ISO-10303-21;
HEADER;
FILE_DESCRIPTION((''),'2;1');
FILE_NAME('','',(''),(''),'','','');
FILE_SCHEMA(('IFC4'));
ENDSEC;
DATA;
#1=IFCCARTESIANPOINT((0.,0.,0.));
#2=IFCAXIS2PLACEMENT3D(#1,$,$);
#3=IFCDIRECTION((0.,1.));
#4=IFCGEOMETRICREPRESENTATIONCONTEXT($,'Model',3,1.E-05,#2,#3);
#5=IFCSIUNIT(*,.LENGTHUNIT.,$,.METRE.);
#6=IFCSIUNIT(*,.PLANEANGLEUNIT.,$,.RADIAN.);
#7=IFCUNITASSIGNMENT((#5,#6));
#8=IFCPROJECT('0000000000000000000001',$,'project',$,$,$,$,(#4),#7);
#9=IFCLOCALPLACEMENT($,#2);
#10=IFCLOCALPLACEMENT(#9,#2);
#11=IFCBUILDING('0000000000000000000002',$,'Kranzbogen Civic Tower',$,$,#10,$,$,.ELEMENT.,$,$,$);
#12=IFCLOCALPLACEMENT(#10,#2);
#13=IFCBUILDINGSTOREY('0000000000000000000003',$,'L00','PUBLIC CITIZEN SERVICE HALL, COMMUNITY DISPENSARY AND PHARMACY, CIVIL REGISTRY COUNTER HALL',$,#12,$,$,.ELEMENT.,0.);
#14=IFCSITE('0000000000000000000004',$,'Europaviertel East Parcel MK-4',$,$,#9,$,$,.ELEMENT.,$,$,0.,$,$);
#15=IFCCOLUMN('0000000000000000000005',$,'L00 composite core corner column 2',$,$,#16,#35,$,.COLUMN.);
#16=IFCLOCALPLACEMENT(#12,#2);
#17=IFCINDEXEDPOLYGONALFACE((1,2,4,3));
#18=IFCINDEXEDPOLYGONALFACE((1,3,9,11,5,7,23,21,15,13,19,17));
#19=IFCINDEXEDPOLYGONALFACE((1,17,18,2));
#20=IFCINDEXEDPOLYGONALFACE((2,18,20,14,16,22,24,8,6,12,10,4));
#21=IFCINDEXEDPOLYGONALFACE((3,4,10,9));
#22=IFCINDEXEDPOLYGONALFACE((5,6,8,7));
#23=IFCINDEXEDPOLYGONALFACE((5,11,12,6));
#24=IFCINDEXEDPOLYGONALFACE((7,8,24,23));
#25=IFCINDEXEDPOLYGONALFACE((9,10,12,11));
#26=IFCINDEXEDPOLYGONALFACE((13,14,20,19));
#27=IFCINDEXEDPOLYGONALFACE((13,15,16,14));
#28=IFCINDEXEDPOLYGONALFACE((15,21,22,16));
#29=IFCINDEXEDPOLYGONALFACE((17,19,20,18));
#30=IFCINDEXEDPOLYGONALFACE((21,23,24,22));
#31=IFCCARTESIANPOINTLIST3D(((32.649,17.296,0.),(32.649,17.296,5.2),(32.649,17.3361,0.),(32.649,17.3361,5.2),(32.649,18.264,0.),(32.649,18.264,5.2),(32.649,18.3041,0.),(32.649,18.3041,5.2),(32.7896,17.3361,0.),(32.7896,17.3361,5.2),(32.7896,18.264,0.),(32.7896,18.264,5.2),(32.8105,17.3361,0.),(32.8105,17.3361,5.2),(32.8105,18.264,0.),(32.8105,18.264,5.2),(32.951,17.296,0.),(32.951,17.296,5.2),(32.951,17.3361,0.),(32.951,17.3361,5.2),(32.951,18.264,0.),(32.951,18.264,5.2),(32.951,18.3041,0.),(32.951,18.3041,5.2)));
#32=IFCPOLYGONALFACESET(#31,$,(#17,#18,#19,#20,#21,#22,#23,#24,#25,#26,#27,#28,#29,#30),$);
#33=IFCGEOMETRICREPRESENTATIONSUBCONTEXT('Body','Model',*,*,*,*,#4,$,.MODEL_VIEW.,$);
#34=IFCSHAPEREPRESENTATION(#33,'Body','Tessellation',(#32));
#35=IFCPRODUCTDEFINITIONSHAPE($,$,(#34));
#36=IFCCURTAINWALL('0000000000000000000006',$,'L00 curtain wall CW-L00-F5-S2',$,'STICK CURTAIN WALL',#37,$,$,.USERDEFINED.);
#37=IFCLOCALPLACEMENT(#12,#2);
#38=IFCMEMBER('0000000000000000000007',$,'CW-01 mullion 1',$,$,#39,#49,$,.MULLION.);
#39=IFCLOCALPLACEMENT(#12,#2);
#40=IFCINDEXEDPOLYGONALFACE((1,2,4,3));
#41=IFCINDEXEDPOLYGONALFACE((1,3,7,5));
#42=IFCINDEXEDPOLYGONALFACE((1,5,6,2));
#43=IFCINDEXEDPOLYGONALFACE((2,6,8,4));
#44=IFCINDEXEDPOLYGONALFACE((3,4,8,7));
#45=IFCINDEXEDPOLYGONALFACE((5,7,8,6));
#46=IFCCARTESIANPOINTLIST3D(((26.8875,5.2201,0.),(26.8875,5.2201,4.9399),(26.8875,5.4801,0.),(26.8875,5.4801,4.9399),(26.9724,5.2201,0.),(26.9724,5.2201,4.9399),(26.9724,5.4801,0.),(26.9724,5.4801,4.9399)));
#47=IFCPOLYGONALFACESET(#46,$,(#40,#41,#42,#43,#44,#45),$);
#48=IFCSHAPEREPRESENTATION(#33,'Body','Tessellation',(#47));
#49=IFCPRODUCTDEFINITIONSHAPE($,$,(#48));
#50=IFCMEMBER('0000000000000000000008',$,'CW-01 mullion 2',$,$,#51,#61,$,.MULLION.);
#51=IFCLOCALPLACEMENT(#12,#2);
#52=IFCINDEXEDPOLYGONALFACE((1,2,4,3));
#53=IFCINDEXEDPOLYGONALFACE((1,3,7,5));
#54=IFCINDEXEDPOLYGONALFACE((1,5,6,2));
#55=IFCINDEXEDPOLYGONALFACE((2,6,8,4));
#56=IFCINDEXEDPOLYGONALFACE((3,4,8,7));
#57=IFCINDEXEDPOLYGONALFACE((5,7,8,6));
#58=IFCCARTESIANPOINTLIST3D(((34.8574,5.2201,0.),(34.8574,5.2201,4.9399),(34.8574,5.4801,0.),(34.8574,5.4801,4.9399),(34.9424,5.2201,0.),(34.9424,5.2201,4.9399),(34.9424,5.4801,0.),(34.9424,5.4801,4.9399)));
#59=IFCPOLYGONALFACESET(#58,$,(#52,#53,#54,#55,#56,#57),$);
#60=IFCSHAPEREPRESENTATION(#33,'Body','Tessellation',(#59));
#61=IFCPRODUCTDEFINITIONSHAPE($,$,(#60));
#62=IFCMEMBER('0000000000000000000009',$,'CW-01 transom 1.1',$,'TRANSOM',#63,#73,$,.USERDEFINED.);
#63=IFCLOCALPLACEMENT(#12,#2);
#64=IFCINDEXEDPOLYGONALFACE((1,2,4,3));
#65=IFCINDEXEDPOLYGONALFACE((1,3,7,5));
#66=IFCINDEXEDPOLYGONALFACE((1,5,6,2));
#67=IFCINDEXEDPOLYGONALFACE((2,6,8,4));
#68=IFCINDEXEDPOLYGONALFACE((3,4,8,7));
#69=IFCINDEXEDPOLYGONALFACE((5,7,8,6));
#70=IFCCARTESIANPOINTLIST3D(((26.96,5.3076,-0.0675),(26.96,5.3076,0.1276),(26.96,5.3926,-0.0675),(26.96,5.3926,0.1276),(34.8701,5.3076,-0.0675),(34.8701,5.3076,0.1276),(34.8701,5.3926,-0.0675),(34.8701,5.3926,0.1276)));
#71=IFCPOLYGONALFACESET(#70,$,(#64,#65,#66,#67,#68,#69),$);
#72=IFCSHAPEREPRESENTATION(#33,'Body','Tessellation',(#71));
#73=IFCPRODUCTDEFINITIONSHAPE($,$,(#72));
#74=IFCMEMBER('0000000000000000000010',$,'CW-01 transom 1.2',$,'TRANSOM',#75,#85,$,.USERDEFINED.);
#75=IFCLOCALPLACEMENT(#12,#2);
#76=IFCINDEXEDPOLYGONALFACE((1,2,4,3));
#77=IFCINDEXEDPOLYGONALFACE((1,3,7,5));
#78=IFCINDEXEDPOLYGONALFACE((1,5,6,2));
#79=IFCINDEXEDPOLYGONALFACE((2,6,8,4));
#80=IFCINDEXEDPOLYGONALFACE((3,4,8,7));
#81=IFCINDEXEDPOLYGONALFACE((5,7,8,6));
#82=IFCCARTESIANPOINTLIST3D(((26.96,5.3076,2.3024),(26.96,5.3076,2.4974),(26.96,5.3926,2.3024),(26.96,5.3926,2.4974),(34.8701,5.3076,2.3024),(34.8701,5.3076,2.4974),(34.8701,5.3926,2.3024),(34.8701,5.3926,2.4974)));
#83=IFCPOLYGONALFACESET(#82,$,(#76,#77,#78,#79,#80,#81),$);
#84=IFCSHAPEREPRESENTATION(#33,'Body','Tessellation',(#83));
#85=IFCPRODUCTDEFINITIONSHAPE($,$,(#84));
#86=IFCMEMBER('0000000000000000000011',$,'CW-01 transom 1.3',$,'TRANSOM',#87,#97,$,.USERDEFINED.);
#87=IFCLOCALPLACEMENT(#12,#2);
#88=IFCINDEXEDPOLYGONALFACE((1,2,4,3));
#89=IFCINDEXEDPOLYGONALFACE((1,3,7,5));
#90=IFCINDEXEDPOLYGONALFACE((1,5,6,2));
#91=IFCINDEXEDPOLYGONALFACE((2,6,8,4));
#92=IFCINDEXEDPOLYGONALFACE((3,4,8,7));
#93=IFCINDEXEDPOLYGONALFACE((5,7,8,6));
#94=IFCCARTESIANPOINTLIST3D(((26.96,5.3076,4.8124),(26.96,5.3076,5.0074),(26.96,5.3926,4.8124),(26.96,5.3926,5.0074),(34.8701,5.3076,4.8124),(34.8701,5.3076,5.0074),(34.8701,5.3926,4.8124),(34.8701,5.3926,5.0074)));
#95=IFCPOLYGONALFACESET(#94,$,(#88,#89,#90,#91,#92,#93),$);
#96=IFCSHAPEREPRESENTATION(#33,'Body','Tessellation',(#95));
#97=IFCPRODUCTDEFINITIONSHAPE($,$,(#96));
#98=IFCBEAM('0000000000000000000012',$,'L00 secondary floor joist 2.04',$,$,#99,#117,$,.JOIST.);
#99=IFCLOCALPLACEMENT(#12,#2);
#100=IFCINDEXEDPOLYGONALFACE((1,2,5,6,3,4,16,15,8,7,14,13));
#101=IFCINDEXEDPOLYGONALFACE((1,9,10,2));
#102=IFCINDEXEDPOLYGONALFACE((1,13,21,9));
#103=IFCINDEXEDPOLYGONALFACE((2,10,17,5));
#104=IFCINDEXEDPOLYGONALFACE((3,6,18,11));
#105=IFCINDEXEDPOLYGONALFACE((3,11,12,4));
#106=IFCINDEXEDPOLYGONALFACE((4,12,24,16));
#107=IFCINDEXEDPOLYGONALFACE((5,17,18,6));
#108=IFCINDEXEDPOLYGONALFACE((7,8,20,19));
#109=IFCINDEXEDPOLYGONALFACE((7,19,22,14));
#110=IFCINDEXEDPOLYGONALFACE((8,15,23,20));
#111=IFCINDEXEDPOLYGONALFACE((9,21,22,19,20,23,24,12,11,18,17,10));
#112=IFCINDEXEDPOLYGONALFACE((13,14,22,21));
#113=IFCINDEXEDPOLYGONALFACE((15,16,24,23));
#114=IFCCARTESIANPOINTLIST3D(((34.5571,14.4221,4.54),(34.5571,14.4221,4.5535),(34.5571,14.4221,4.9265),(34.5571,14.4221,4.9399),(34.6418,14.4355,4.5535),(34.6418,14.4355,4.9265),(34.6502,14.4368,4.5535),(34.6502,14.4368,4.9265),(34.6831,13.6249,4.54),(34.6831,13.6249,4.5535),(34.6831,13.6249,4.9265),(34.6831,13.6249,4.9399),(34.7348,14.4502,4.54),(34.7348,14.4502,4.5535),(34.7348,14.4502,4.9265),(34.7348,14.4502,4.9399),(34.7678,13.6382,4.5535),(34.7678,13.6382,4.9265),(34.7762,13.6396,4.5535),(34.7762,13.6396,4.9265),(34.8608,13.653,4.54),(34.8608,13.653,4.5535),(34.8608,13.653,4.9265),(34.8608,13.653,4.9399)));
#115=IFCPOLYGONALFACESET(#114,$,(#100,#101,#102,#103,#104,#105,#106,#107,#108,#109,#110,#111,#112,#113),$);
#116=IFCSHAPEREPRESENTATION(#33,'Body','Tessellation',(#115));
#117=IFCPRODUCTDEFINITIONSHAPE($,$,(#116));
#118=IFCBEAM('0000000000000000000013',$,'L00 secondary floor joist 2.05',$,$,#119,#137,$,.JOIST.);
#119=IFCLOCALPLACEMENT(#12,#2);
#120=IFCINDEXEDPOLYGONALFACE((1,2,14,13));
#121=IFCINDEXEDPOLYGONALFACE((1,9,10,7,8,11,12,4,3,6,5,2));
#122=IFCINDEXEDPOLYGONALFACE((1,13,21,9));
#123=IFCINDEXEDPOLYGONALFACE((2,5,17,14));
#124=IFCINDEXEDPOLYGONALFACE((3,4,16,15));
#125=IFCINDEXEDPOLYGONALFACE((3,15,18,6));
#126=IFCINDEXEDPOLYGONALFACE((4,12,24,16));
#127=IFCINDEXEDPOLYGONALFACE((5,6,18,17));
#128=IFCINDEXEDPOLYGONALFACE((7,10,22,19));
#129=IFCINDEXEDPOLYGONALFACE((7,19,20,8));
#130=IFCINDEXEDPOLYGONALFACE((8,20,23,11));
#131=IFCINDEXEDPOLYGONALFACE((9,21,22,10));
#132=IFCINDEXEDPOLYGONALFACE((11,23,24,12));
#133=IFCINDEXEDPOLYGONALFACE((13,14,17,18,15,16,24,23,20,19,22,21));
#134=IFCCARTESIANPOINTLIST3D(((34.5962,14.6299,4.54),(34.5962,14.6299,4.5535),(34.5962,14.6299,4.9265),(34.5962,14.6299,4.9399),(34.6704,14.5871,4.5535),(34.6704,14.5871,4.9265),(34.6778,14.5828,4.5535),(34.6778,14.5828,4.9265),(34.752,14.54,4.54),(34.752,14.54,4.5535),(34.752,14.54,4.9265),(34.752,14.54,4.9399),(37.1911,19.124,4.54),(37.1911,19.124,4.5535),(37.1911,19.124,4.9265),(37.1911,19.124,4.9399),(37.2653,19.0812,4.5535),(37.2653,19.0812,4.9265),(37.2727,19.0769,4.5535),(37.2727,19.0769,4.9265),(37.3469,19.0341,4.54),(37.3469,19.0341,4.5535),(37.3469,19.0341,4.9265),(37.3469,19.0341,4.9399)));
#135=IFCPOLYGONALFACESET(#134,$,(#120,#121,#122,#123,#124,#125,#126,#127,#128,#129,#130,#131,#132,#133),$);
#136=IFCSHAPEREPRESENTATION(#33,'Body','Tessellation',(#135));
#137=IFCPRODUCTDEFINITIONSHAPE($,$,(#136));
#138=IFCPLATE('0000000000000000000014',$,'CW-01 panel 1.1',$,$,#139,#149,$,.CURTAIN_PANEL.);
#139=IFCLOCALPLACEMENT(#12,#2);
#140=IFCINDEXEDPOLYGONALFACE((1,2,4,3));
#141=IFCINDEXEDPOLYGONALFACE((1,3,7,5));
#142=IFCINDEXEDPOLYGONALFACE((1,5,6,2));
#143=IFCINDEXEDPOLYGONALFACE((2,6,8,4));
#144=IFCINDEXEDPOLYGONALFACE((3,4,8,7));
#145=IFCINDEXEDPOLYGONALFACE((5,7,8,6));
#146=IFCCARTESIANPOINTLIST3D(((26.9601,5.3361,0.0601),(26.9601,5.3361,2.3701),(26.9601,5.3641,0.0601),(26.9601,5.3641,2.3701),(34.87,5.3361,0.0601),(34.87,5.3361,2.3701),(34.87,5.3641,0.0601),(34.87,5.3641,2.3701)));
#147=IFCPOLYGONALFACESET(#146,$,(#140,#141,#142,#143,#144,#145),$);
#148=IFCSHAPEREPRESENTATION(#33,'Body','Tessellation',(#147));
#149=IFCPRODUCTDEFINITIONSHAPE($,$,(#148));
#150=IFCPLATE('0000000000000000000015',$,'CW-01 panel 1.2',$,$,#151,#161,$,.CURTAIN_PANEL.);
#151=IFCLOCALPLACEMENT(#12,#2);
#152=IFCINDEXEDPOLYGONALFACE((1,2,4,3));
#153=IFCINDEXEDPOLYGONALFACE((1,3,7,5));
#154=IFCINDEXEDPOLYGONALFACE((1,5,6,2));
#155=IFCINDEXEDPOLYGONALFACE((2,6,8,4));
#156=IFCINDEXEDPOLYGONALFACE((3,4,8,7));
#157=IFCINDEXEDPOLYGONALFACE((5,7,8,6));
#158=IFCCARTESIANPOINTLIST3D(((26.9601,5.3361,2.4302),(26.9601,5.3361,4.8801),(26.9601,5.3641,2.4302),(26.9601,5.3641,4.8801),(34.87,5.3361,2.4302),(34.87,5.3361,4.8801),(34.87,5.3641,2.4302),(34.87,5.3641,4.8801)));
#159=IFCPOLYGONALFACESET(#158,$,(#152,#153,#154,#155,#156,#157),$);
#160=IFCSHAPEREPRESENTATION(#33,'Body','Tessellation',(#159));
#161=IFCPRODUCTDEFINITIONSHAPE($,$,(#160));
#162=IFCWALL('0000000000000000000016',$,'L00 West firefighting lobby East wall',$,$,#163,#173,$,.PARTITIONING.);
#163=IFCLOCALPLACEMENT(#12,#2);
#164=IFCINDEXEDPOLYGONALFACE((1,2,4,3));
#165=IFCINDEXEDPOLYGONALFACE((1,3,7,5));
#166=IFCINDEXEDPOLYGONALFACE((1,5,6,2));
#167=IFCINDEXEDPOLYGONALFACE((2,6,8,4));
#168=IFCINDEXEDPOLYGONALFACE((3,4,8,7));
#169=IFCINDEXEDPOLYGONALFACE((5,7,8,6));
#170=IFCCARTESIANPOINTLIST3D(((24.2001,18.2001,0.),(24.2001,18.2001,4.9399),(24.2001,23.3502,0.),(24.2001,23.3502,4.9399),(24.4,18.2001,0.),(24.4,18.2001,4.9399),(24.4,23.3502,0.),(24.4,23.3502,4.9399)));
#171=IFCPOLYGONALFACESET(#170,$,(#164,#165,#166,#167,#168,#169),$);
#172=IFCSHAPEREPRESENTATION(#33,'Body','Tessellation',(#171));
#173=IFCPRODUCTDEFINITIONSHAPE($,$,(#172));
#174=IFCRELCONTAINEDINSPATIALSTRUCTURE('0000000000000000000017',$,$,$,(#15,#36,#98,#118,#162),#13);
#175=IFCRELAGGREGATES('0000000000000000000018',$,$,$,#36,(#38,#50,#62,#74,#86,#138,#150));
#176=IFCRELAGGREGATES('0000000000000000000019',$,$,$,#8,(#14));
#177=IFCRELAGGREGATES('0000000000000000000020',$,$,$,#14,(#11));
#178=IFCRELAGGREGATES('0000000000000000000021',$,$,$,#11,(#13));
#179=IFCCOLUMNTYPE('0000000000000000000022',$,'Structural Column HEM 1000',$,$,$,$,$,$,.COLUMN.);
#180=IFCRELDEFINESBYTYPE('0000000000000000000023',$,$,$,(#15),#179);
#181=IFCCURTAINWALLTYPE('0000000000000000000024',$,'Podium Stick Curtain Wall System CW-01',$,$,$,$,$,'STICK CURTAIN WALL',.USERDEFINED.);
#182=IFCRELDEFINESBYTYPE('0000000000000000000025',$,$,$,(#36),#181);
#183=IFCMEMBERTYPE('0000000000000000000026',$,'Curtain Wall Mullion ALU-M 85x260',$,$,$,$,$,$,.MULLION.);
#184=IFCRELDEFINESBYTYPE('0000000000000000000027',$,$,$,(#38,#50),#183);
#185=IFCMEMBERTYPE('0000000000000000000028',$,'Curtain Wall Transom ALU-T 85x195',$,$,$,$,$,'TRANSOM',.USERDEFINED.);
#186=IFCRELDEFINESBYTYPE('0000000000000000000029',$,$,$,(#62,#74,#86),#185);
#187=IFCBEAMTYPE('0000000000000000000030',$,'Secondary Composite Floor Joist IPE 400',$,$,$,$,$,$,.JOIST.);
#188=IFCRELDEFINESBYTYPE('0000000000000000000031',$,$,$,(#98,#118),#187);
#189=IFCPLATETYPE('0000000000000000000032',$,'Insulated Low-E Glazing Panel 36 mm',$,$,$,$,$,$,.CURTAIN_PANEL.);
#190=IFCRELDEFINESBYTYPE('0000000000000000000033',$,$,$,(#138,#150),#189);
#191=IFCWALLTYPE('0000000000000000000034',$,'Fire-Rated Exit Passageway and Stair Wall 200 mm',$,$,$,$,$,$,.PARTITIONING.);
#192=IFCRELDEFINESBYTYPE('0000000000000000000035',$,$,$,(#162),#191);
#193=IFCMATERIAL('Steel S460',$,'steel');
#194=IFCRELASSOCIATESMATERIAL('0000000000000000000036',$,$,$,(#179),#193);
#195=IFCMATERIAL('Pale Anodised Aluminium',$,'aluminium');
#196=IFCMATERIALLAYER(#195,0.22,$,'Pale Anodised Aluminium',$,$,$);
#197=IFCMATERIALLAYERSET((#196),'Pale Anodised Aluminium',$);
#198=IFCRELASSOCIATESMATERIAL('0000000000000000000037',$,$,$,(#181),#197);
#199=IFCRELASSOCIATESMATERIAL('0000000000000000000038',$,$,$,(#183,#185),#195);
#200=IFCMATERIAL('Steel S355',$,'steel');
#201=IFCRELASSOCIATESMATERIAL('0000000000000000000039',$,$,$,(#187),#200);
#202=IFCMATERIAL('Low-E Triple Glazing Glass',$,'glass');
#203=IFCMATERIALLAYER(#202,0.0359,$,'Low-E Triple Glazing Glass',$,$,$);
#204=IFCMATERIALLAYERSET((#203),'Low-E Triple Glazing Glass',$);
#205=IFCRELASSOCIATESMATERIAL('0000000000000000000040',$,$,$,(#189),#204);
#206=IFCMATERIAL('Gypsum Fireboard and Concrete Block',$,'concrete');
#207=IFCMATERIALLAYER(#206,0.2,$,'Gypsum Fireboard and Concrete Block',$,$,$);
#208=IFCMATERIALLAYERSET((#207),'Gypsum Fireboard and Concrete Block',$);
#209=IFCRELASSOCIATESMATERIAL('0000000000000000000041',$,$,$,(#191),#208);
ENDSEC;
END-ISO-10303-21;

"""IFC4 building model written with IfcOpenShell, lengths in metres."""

from ifc_helpers import new_model, si_unit, direction, frame, frame_2d, origin, origin_2d, place, context, subcontext, project, spatial, rectangle, i_section, extrude, material, layer, layer_set, material_profile, profile_set, type_object, element, aggregate, save


model = new_model("IFC4")

# Units and contexts
model_context = context("Model", 3, precision=1e-05, world=origin(), true_north=direction((0.0, 1.0)))
body_context = subcontext(model_context, "Body", "Model", "MODEL_VIEW")
ifc_project = project(units=[si_unit("LENGTHUNIT", "METRE"), si_unit("PLANEANGLEUNIT", "RADIAN")], contexts=[model_context])

# Site, building, storey
site_placement = place(None, origin())
site = spatial("IfcSite", under=ifc_project, at=site_placement, Name="Europaviertel East Parcel MK-4", CompositionType="ELEMENT", RefElevation=0.0)
building_placement = place(site_placement, origin())
building = spatial("IfcBuilding", under=site, at=building_placement, Name="Kranzbogen Civic Tower", CompositionType="ELEMENT")
storey_placement = place(building_placement, origin())
storey = spatial("IfcBuildingStorey", under=building, at=storey_placement, Name="L00", Description="PUBLIC CITIZEN SERVICE HALL, COMMUNITY DISPENSARY AND PHARMACY, CIVIL REGISTRY COUNTER HALL", CompositionType="ELEMENT", Elevation=0.0)

# Column
ifc_material_1 = material(Name="Steel S460", Category="steel")
ifc_material_profile_1 = material_profile(ifc_material_1, i_section(OverallWidth=0.302, OverallDepth=1.0081, WebThickness=0.021, FlangeThickness=0.04, at=origin_2d()), Name="HEM 1000")
ifc_profile_set_1 = profile_set([ifc_material_profile_1], Name="Steel S460")
column_type = type_object("IfcColumnType", Name="Structural Column HEM 1000", PredefinedType="COLUMN", material=ifc_profile_set_1)
column_placement = place(storey_placement, frame((32.8, 17.8, 0.0), z_axis=(0.0, 0.0, 1.0), x_axis=(1.0, 0.0, 0.0)))
element("IfcColumn", 1, at=column_placement, inside=storey, type_object=column_type, Name="L00 composite core corner column 2", PredefinedType="COLUMN", context=body_context, shape_type="SweptSolid", body=[
    extrude(i_section(OverallWidth=0.302, OverallDepth=1.0081, WebThickness=0.021, FlangeThickness=0.04, at=origin_2d()), origin(), (0.0, 0.0, 1.0), 5.2),
])

# Curtain wall, members
ifc_material_2 = material(Name="Pale Anodised Aluminium", Category="aluminium")
ifc_layer_1 = layer(ifc_material_2, 0.22, Name="Pale Anodised Aluminium")
ifc_layer_set_1 = layer_set([ifc_layer_1], Name="Pale Anodised Aluminium")
curtain_wall_type = type_object("IfcCurtainWallType", Name="Podium Stick Curtain Wall System CW-01", ElementType="STICK CURTAIN WALL", PredefinedType="USERDEFINED", material=ifc_layer_set_1)
curtain_wall_placement = place(storey_placement, origin())
curtain_wall = element("IfcCurtainWall", 2, at=curtain_wall_placement, inside=storey, type_object=curtain_wall_type, Name="L00 curtain wall CW-L00-F5-S2", ObjectType="STICK CURTAIN WALL", PredefinedType="USERDEFINED")
ifc_material_profile_2 = material_profile(ifc_material_2, rectangle(XDim=0.085, YDim=0.26, at=origin_2d()), Name="ALU-M 85x260")
ifc_profile_set_2 = profile_set([ifc_material_profile_2], Name="Pale Anodised Aluminium")
member_type_1 = type_object("IfcMemberType", Name="Curtain Wall Mullion ALU-M 85x260", PredefinedType="MULLION", material=ifc_profile_set_2)
member_1_placement = place(storey_placement, frame((26.9299, 5.3501, 0.0), z_axis=(0.0, 0.0, 1.0), x_axis=(1.0, 0.0, 0.0)))
member_1 = element("IfcMember", 3, at=member_1_placement, type_object=member_type_1, Name="CW-01 mullion 1", PredefinedType="MULLION", context=body_context, shape_type="SweptSolid", body=[
    extrude(rectangle(XDim=0.085, YDim=0.26, at=origin_2d()), origin(), (0.0, 0.0, 1.0), 4.9399),
])
member_2_placement = place(storey_placement, frame((34.8999, 5.3501, 0.0), z_axis=(0.0, 0.0, 1.0), x_axis=(1.0, 0.0, 0.0)))
member_2 = element("IfcMember", 4, at=member_2_placement, type_object=member_type_1, Name="CW-01 mullion 2", PredefinedType="MULLION", context=body_context, shape_type="SweptSolid", body=[
    extrude(rectangle(XDim=0.085, YDim=0.26, at=origin_2d()), origin(), (0.0, 0.0, 1.0), 4.9399),
])
ifc_material_profile_3 = material_profile(ifc_material_2, rectangle(XDim=0.085, YDim=0.1951, at=origin_2d()), Name="ALU-T 85x195")
ifc_profile_set_3 = profile_set([ifc_material_profile_3], Name="Pale Anodised Aluminium")
member_type_2 = type_object("IfcMemberType", Name="Curtain Wall Transom ALU-T 85x195", ElementType="TRANSOM", PredefinedType="USERDEFINED", material=ifc_profile_set_3)
member_3_placement = place(storey_placement, frame((26.96, 5.3501, 0.03), z_axis=(1.0, 0.0, 0.0), x_axis=(0.0, 1.0, 0.0)))
member_3 = element("IfcMember", 5, at=member_3_placement, type_object=member_type_2, Name="CW-01 transom 1.1", ObjectType="TRANSOM", PredefinedType="USERDEFINED", context=body_context, shape_type="SweptSolid", body=[
    extrude(rectangle(XDim=0.085, YDim=0.1951, at=origin_2d()), origin(), (0.0, 0.0, 1.0), 7.9102),
])
member_4_placement = place(storey_placement, frame((26.96, 5.3501, 2.3999), z_axis=(1.0, 0.0, 0.0), x_axis=(0.0, 1.0, 0.0)))
member_4 = element("IfcMember", 6, at=member_4_placement, type_object=member_type_2, Name="CW-01 transom 1.2", ObjectType="TRANSOM", PredefinedType="USERDEFINED", context=body_context, shape_type="SweptSolid", body=[
    extrude(rectangle(XDim=0.085, YDim=0.1951, at=origin_2d()), origin(), (0.0, 0.0, 1.0), 7.9102),
])
member_5_placement = place(storey_placement, frame((26.96, 5.3501, 4.9099), z_axis=(1.0, 0.0, 0.0), x_axis=(0.0, 1.0, 0.0)))
member_5 = element("IfcMember", 7, at=member_5_placement, type_object=member_type_2, Name="CW-01 transom 1.3", ObjectType="TRANSOM", PredefinedType="USERDEFINED", context=body_context, shape_type="SweptSolid", body=[
    extrude(rectangle(XDim=0.085, YDim=0.1951, at=origin_2d()), origin(), (0.0, 0.0, 1.0), 7.9102),
])

# Beams
ifc_material_3 = material(Name="Steel S355", Category="steel")
ifc_material_profile_4 = material_profile(ifc_material_3, i_section(OverallWidth=0.1799, OverallDepth=0.3999, WebThickness=0.0085, FlangeThickness=0.0134, at=origin_2d()), Name="IPE 400")
ifc_profile_set_4 = profile_set([ifc_material_profile_4], Name="Steel S355")
beam_type = type_object("IfcBeamType", Name="Secondary Composite Floor Joist IPE 400", PredefinedType="JOIST", material=ifc_profile_set_4)
beam_1_placement = place(storey_placement, frame((34.772, 13.6389, 4.74), z_axis=(-0.156102, 0.987741, 0.0), x_axis=(-0.987741, -0.156102, 0.0)))
element("IfcBeam", 8, at=beam_1_placement, inside=storey, type_object=beam_type, Name="L00 secondary floor joist 2.04", PredefinedType="JOIST", context=body_context, shape_type="SweptSolid", body=[
    extrude(i_section(OverallWidth=0.1799, OverallDepth=0.3999, WebThickness=0.0085, FlangeThickness=0.0134, at=origin_2d()), origin(), (0.0, 0.0, 1.0), 0.8071),
])
beam_2_placement = place(storey_placement, frame((34.6741, 14.585, 4.74), z_axis=(0.50004, 0.866002, 0.0), x_axis=(-0.866002, 0.50004, 0.0)))
element("IfcBeam", 9, at=beam_2_placement, inside=storey, type_object=beam_type, Name="L00 secondary floor joist 2.05", PredefinedType="JOIST", context=body_context, shape_type="SweptSolid", body=[
    extrude(i_section(OverallWidth=0.1799, OverallDepth=0.3999, WebThickness=0.0085, FlangeThickness=0.0134, at=origin_2d()), origin(), (0.0, 0.0, 1.0), 5.1895),
])

# Plates
ifc_material_4 = material(Name="Low-E Triple Glazing Glass", Category="glass")
ifc_layer_2 = layer(ifc_material_4, 0.0359, Name="Low-E Triple Glazing Glass")
ifc_layer_set_2 = layer_set([ifc_layer_2], Name="Low-E Triple Glazing Glass")
plate_type = type_object("IfcPlateType", Name="Insulated Low-E Glazing Panel 36 mm", PredefinedType="CURTAIN_PANEL", material=ifc_layer_set_2)
plate_1_placement = place(storey_placement, frame((30.915, 5.3501, 0.0601), z_axis=(0.0, 0.0, 1.0), x_axis=(1.0, 0.0, 0.0)))
plate_1 = element("IfcPlate", 10, at=plate_1_placement, type_object=plate_type, Name="CW-01 panel 1.1", PredefinedType="CURTAIN_PANEL", context=body_context, shape_type="SweptSolid", body=[
    extrude(rectangle(XDim=7.9099, YDim=0.0281, at=origin_2d()), origin(), (0.0, 0.0, 1.0), 2.3101),
])
plate_2_placement = place(storey_placement, frame((30.915, 5.3501, 2.4302), z_axis=(0.0, 0.0, 1.0), x_axis=(1.0, 0.0, 0.0)))
plate_2 = element("IfcPlate", 11, at=plate_2_placement, type_object=plate_type, Name="CW-01 panel 1.2", PredefinedType="CURTAIN_PANEL", context=body_context, shape_type="SweptSolid", body=[
    extrude(rectangle(XDim=7.9099, YDim=0.0281, at=origin_2d()), origin(), (0.0, 0.0, 1.0), 2.45),
])
aggregate(curtain_wall, [member_1, member_2, member_3, member_4, member_5, plate_1, plate_2])

# Wall
ifc_material_5 = material(Name="Gypsum Fireboard and Concrete Block", Category="concrete")
ifc_layer_3 = layer(ifc_material_5, 0.2, Name="Gypsum Fireboard and Concrete Block")
ifc_layer_set_3 = layer_set([ifc_layer_3], Name="Gypsum Fireboard and Concrete Block")
wall_type_1 = type_object("IfcWallType", Name="Fire-Rated Exit Passageway and Stair Wall 200 mm", PredefinedType="PARTITIONING", material=ifc_layer_set_3)
wall_1_placement = place(storey_placement, frame((24.3, 18.2, 0.0), z_axis=(0.0, 0.0, 1.0), x_axis=(0.0, 1.0, 0.0)))
element("IfcWall", 12, at=wall_1_placement, inside=storey, type_object=wall_type_1, Name="L00 West firefighting lobby East wall", PredefinedType="PARTITIONING", context=body_context, shape_type="SweptSolid", body=[
    extrude(rectangle(XDim=5.1501, YDim=0.2, at=frame_2d((2.5752, 0.0))), origin(), (0.0, 0.0, 1.0), 4.9399),
])

save(model, "model.ifc")
